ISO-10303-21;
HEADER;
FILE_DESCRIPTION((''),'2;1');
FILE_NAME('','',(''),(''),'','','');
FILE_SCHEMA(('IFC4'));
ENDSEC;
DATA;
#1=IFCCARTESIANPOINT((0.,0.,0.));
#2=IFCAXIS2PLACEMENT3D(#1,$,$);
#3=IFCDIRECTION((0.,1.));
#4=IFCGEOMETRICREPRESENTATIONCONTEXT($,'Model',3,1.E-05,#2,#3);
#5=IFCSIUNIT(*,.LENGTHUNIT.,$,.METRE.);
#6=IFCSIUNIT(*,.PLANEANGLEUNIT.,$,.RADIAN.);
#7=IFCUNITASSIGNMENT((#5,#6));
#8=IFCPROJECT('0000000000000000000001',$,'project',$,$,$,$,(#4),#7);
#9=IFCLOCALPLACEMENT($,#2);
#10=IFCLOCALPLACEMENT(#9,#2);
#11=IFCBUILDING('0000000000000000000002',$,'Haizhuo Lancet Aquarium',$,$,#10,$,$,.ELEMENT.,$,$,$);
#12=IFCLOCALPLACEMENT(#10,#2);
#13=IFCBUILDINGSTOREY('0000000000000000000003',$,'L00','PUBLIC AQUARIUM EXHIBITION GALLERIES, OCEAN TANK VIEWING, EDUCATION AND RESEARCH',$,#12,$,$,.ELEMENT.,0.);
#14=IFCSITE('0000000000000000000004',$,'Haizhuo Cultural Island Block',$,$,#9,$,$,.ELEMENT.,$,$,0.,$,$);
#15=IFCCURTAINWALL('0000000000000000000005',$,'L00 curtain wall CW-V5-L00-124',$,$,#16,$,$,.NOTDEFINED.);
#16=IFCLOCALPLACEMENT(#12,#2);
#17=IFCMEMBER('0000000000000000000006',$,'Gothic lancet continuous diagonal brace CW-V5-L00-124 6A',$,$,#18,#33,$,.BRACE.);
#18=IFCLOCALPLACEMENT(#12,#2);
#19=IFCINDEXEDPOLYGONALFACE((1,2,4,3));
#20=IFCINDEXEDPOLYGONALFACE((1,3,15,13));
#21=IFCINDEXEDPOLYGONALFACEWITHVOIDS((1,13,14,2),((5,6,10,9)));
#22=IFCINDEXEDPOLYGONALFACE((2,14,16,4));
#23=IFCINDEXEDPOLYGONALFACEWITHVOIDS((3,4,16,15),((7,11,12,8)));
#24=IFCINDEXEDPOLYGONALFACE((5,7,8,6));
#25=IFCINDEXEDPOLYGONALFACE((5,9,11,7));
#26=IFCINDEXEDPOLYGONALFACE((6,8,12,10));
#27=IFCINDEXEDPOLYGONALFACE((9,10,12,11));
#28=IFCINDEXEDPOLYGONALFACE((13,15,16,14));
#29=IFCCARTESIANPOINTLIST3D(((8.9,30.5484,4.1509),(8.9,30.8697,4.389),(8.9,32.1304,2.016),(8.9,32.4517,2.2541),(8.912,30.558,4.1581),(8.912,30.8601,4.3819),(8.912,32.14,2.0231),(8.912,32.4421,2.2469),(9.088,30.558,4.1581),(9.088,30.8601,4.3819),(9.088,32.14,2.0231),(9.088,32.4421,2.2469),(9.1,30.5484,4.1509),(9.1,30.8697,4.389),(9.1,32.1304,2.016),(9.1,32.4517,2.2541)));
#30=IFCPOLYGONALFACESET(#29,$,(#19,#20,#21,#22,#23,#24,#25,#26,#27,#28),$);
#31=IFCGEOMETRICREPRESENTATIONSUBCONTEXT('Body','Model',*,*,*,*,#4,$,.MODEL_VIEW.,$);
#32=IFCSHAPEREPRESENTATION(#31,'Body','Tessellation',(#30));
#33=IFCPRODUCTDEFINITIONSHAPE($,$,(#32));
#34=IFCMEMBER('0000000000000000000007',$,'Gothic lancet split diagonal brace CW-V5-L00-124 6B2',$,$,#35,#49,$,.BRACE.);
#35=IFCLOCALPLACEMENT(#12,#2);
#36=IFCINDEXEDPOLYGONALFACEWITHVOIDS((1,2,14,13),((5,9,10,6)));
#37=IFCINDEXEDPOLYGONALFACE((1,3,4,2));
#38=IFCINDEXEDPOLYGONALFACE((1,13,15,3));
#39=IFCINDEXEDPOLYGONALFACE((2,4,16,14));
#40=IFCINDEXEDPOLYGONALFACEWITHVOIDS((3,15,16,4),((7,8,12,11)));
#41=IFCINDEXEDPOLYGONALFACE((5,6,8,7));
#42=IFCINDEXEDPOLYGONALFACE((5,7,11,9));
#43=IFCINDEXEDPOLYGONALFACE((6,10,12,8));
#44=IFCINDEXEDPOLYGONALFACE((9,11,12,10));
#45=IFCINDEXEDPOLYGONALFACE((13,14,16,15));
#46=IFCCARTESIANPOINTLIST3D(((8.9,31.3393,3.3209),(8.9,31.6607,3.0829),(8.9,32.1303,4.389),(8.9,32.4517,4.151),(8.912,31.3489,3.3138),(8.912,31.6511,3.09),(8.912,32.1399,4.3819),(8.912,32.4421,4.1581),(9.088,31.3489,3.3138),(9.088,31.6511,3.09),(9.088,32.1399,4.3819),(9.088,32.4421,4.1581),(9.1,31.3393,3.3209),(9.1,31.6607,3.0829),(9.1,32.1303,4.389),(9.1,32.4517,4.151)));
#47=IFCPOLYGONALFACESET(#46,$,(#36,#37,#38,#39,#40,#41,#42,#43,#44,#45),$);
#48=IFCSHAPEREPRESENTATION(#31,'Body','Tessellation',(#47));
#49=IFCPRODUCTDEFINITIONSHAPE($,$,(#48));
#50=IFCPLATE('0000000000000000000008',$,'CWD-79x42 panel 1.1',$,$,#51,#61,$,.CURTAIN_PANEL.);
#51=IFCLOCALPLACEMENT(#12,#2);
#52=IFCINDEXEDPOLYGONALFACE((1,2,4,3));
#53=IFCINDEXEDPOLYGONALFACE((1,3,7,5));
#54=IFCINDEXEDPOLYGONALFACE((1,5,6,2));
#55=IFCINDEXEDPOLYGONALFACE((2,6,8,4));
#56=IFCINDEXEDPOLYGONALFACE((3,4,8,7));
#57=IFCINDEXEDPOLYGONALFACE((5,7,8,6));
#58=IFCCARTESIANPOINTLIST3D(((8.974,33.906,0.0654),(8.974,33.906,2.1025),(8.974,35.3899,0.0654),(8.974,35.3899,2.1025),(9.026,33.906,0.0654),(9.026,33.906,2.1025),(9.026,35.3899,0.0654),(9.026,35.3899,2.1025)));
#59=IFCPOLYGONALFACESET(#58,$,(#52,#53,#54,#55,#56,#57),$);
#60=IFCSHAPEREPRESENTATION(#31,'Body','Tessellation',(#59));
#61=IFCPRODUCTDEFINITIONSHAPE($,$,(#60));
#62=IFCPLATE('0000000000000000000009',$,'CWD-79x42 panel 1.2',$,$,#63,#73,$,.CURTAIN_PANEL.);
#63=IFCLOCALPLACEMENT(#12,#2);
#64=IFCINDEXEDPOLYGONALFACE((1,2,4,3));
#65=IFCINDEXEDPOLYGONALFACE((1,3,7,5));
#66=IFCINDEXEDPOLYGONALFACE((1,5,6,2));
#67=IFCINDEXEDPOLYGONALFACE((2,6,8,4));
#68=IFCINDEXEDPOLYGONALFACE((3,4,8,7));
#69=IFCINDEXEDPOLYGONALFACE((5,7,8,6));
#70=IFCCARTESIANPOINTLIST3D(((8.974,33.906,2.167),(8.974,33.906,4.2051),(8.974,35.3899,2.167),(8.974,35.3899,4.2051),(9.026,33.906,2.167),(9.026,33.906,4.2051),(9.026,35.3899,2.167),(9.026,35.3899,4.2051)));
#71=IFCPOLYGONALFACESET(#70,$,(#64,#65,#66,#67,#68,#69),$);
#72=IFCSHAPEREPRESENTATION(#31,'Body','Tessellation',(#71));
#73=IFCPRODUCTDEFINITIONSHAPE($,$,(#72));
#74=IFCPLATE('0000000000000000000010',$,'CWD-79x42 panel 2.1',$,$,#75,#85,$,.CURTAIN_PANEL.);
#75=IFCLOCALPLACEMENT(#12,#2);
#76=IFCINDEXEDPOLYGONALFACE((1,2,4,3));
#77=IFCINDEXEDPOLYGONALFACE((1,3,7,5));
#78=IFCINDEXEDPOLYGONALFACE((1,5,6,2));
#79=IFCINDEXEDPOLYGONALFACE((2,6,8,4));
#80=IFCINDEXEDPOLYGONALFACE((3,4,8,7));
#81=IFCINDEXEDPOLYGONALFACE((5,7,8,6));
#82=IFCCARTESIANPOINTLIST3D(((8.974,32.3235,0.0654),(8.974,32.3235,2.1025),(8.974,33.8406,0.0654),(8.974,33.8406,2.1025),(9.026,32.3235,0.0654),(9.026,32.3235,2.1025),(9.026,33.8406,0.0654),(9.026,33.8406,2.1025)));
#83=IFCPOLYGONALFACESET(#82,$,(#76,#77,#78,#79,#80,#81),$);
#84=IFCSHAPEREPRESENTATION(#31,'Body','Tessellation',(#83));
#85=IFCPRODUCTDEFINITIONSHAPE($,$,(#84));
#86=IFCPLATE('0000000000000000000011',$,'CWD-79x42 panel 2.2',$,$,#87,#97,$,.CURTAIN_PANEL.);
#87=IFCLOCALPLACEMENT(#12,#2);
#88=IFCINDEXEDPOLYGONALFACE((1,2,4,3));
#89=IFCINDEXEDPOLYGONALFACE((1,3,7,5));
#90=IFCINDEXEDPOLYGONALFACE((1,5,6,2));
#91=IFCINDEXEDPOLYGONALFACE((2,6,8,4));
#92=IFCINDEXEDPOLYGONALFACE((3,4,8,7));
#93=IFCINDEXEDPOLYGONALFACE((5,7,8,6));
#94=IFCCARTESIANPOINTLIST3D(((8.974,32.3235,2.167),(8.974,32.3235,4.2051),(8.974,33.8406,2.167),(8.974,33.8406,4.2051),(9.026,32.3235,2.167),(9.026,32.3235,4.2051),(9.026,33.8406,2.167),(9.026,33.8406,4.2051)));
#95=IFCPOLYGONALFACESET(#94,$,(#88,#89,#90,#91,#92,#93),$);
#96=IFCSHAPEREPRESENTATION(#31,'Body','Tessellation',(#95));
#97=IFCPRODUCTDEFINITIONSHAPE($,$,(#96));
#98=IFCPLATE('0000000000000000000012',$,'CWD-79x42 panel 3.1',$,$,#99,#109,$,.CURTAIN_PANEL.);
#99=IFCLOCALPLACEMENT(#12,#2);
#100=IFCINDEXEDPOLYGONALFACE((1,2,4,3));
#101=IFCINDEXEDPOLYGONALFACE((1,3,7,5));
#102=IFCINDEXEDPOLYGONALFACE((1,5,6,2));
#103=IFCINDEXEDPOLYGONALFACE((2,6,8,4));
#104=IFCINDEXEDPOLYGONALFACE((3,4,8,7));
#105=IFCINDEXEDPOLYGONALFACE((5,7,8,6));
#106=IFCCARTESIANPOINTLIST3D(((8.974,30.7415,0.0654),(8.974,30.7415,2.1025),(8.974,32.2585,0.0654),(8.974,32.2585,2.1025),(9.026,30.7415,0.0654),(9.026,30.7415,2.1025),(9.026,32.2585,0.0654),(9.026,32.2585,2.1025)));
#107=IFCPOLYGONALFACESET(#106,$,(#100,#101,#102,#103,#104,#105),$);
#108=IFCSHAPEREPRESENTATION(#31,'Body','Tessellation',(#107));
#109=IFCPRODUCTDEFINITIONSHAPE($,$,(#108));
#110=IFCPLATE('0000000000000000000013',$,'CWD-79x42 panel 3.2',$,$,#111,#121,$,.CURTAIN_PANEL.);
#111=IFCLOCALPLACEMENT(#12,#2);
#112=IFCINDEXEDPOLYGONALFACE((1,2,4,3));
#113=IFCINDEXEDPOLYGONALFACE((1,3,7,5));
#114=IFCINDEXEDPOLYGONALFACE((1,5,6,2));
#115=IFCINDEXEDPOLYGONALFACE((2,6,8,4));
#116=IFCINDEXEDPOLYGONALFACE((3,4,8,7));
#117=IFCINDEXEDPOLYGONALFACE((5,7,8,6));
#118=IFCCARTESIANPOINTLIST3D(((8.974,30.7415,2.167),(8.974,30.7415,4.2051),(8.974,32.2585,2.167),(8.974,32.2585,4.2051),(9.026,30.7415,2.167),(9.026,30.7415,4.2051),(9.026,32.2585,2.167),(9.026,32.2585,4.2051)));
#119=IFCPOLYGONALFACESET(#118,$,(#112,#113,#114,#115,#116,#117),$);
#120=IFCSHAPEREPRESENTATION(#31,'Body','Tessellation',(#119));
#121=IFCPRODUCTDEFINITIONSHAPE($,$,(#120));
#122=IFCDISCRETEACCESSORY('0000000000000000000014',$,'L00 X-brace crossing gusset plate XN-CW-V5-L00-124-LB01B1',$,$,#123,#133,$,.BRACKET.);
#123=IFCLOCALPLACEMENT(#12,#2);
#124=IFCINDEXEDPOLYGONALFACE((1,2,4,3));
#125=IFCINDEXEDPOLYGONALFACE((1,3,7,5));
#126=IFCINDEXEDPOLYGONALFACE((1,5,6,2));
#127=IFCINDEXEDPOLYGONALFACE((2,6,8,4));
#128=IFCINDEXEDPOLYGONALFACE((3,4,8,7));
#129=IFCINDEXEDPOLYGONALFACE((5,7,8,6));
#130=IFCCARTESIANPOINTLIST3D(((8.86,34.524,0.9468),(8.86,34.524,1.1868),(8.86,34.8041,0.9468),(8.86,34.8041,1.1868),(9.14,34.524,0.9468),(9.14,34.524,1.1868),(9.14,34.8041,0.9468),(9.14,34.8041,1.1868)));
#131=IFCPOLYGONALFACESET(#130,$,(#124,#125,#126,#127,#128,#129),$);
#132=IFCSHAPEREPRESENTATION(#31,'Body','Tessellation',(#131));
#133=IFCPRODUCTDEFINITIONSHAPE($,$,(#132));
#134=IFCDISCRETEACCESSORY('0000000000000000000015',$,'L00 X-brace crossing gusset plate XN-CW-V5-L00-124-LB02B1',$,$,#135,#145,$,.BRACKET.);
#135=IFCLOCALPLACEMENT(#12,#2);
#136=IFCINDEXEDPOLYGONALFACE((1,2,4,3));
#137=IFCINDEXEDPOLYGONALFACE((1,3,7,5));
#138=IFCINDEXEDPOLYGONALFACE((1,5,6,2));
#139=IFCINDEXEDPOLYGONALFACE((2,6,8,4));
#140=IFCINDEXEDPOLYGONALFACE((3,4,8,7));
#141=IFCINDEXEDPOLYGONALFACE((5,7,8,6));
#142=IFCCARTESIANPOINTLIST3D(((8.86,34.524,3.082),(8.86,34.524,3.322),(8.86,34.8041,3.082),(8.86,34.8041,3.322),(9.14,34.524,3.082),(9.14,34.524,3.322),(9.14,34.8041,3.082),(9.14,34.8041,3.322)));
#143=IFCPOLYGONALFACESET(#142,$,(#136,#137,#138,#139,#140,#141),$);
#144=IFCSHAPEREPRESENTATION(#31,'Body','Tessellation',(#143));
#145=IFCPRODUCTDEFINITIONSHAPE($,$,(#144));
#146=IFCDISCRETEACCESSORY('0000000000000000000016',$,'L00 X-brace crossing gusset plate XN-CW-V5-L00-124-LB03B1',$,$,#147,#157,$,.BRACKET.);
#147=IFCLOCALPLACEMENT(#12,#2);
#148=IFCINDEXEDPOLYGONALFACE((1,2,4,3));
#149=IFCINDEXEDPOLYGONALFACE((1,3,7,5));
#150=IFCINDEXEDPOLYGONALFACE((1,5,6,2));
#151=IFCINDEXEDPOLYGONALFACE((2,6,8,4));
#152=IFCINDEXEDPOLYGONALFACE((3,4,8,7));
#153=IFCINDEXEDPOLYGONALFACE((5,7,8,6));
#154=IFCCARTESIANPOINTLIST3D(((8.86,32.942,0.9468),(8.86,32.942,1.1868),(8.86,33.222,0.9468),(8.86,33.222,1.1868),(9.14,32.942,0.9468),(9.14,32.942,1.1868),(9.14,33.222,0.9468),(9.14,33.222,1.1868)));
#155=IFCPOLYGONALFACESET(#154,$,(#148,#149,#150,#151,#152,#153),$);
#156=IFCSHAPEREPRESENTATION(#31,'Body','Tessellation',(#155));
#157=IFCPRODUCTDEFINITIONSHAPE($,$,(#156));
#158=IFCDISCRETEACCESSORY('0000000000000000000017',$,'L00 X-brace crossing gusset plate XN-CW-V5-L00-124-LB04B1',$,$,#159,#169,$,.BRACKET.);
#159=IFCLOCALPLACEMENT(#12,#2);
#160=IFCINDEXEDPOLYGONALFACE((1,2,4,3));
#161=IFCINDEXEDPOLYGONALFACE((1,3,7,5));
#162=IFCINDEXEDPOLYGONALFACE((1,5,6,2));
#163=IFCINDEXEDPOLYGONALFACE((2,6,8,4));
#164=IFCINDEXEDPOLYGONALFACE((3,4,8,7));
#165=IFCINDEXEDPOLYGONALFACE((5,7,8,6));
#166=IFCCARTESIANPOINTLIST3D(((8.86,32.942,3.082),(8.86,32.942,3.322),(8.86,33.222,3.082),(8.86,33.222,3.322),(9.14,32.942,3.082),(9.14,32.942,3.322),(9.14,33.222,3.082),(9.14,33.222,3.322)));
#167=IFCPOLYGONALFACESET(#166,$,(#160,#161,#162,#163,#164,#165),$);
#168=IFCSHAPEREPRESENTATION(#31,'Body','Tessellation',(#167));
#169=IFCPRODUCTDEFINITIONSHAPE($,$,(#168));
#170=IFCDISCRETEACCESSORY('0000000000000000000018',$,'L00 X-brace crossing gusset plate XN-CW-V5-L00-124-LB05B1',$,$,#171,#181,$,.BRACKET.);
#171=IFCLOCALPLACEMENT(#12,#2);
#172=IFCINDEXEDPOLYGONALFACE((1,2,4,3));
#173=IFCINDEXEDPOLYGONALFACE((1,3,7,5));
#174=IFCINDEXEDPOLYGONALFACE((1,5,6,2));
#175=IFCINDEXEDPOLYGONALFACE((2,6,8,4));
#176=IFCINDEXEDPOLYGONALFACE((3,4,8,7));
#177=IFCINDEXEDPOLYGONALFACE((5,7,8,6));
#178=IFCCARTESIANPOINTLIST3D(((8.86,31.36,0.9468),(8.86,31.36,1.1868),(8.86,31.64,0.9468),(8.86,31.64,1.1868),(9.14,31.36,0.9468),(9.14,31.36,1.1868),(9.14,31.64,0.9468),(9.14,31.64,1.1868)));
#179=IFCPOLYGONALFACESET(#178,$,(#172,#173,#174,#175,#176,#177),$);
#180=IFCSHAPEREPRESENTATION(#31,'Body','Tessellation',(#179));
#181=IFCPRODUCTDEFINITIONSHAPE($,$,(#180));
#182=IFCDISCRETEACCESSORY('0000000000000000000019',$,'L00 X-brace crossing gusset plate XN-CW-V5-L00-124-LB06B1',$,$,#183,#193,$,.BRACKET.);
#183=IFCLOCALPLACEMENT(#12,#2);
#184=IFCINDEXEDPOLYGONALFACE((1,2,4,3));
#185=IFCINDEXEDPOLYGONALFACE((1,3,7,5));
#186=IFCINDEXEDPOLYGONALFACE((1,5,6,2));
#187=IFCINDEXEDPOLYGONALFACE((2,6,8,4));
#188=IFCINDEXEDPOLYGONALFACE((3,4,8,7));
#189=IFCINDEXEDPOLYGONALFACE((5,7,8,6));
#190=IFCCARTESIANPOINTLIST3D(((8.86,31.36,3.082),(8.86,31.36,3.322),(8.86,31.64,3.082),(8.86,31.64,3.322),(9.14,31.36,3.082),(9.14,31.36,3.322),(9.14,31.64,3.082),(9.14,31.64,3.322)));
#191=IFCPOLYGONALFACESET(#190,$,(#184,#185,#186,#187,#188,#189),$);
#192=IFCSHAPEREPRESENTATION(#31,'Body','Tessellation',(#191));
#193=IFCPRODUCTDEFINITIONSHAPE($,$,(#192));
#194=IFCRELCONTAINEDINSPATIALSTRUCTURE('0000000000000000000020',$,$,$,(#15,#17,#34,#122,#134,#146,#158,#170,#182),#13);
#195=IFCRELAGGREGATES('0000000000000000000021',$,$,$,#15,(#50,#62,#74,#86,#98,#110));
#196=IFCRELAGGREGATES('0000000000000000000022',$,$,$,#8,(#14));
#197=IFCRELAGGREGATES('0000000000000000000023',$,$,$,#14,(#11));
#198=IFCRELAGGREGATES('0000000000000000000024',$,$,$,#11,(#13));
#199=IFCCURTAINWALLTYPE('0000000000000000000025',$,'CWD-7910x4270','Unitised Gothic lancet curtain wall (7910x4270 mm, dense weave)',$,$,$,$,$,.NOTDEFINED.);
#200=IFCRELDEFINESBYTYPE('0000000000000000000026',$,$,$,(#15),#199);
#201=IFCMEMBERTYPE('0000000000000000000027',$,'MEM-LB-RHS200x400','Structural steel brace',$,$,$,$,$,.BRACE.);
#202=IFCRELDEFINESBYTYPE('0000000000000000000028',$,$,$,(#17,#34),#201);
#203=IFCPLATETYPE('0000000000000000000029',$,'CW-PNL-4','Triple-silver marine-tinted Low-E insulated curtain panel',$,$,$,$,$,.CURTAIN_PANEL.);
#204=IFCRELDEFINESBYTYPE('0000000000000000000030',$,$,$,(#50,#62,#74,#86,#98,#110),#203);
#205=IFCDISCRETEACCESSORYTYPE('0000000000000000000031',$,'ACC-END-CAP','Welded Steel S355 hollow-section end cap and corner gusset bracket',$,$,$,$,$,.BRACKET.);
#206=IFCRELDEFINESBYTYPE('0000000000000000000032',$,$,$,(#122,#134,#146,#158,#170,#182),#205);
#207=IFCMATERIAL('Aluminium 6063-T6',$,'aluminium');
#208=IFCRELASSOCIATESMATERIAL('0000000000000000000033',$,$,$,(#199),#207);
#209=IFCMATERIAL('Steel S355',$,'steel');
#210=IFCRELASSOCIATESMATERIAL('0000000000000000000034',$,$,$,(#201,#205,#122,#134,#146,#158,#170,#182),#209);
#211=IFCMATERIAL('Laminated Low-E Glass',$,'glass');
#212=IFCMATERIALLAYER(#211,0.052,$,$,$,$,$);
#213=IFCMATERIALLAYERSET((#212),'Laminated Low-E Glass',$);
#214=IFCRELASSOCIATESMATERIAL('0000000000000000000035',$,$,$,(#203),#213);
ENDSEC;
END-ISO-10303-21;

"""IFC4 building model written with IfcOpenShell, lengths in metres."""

from ifc_helpers import new_model, si_unit, direction, frame, origin, origin_2d, place, context, subcontext, project, spatial, rectangle, hollow_rectangle, extrude, material, layer, layer_set, material_profile, profile_set, type_object, element, aggregate, save


model = new_model("IFC4")

# Units and contexts
model_context = context("Model", 3, precision=1e-05, world=origin(), true_north=direction((0.0, 1.0)))
body_context = subcontext(model_context, "Body", "Model", "MODEL_VIEW")
ifc_project = project(units=[si_unit("LENGTHUNIT", "METRE"), si_unit("PLANEANGLEUNIT", "RADIAN")], contexts=[model_context])

# Site, building, storey
site_placement = place(None, origin())
site = spatial("IfcSite", under=ifc_project, at=site_placement, Name="Haizhuo Cultural Island Block", CompositionType="ELEMENT", RefElevation=0.0)
building_placement = place(site_placement, origin())
building = spatial("IfcBuilding", under=site, at=building_placement, Name="Haizhuo Lancet Aquarium", CompositionType="ELEMENT")
storey_placement = place(building_placement, origin())
storey = spatial("IfcBuildingStorey", under=building, at=storey_placement, Name="L00", Description="PUBLIC AQUARIUM EXHIBITION GALLERIES, OCEAN TANK VIEWING, EDUCATION AND RESEARCH", CompositionType="ELEMENT", Elevation=0.0)

# Curtain wall
ifc_material_1 = material(Name="Aluminium 6063-T6", Category="aluminium")
curtain_wall_type = type_object("IfcCurtainWallType", Name="CWD-7910x4270", Description="Unitised Gothic lancet curtain wall (7910x4270 mm, dense weave)", PredefinedType="NOTDEFINED", material=ifc_material_1)
curtain_wall_placement = place(storey_placement, origin())
curtain_wall = element("IfcCurtainWall", 1, at=curtain_wall_placement, inside=storey, type_object=curtain_wall_type, Name="L00 curtain wall CW-V5-L00-124", PredefinedType="NOTDEFINED")

# Members
ifc_material_2 = material(Name="Steel S355", Category="steel")
ifc_material_profile_1 = material_profile(ifc_material_2, hollow_rectangle(XDim=0.2, YDim=0.3999, WallThickness=0.012, at=origin_2d()), Name="RHS 200x400x12")
ifc_profile_set_1 = profile_set([ifc_material_profile_1], Name="Steel S355")
member_type_1 = type_object("IfcMemberType", Name="MEM-LB-RHS200x400", Description="Structural steel brace", PredefinedType="BRACE", material=ifc_profile_set_1)
member_1_placement = place(storey_placement, frame((9.0, 32.291, 2.135), z_axis=(0.0, -0.595359, 0.80346), x_axis=(1.0, 0.0, 0.0)))
element("IfcMember", 2, at=member_1_placement, inside=storey, type_object=member_type_1, Name="Gothic lancet continuous diagonal brace CW-V5-L00-124 6A", PredefinedType="BRACE", context=body_context, shape_type="SweptSolid", body=[
    extrude(hollow_rectangle(XDim=0.2, YDim=0.3999, WallThickness=0.012, at=origin_2d()), origin(), (0.0, 0.0, 1.0), 2.6572),
])
member_2_placement = place(storey_placement, frame((9.0, 31.5, 3.2019), z_axis=(0.0, 0.59514, 0.803622), x_axis=(-1.0, 0.0, 0.0)))
element("IfcMember", 3, at=member_2_placement, inside=storey, type_object=member_type_1, Name="Gothic lancet split diagonal brace CW-V5-L00-124 6B2", PredefinedType="BRACE", context=body_context, shape_type="SweptSolid", body=[
    extrude(hollow_rectangle(XDim=0.2, YDim=0.3999, WallThickness=0.012, at=origin_2d()), origin(), (0.0, 0.0, 1.0), 1.3291),
])

# Plates
ifc_material_3 = material(Name="Laminated Low-E Glass", Category="glass")
ifc_layer = layer(ifc_material_3, 0.052)
ifc_layer_set = layer_set([ifc_layer], Name="Laminated Low-E Glass")
plate_type = type_object("IfcPlateType", Name="CW-PNL-4", Description="Triple-silver marine-tinted Low-E insulated curtain panel", PredefinedType="CURTAIN_PANEL", material=ifc_layer_set)
plate_1_placement = place(storey_placement, frame((9.0, 34.6479, 0.0654), z_axis=(0.0, 0.0, 1.0), x_axis=(0.0, -1.0, 0.0)))
plate_1 = element("IfcPlate", 4, at=plate_1_placement, type_object=plate_type, Name="CWD-79x42 panel 1.1", PredefinedType="CURTAIN_PANEL", context=body_context, shape_type="SweptSolid", body=[
    extrude(rectangle(XDim=1.4839, YDim=0.052, at=origin_2d()), origin(), (0.0, 0.0, 1.0), 2.0371),
])
plate_2_placement = place(storey_placement, frame((9.0, 34.6479, 2.167), z_axis=(0.0, 0.0, 1.0), x_axis=(0.0, -1.0, 0.0)))
plate_2 = element("IfcPlate", 5, at=plate_2_placement, type_object=plate_type, Name="CWD-79x42 panel 1.2", PredefinedType="CURTAIN_PANEL", context=body_context, shape_type="SweptSolid", body=[
    extrude(rectangle(XDim=1.4839, YDim=0.052, at=origin_2d()), origin(), (0.0, 0.0, 1.0), 2.0381),
])
plate_3_placement = place(storey_placement, frame((9.0, 33.082, 0.0654), z_axis=(0.0, 0.0, 1.0), x_axis=(0.0, -1.0, 0.0)))
plate_3 = element("IfcPlate", 6, at=plate_3_placement, type_object=plate_type, Name="CWD-79x42 panel 2.1", PredefinedType="CURTAIN_PANEL", context=body_context, shape_type="SweptSolid", body=[
    extrude(rectangle(XDim=1.5171, YDim=0.052, at=origin_2d()), origin(), (0.0, 0.0, 1.0), 2.0371),
])
plate_4_placement = place(storey_placement, frame((9.0, 33.082, 2.167), z_axis=(0.0, 0.0, 1.0), x_axis=(0.0, -1.0, 0.0)))
plate_4 = element("IfcPlate", 7, at=plate_4_placement, type_object=plate_type, Name="CWD-79x42 panel 2.2", PredefinedType="CURTAIN_PANEL", context=body_context, shape_type="SweptSolid", body=[
    extrude(rectangle(XDim=1.5171, YDim=0.052, at=origin_2d()), origin(), (0.0, 0.0, 1.0), 2.0381),
])
plate_5_placement = place(storey_placement, frame((9.0, 31.5, 0.0654), z_axis=(0.0, 0.0, 1.0), x_axis=(0.0, -1.0, 0.0)))
plate_5 = element("IfcPlate", 8, at=plate_5_placement, type_object=plate_type, Name="CWD-79x42 panel 3.1", PredefinedType="CURTAIN_PANEL", context=body_context, shape_type="SweptSolid", body=[
    extrude(rectangle(XDim=1.5171, YDim=0.052, at=origin_2d()), origin(), (0.0, 0.0, 1.0), 2.0371),
])
plate_6_placement = place(storey_placement, frame((9.0, 31.5, 2.167), z_axis=(0.0, 0.0, 1.0), x_axis=(0.0, -1.0, 0.0)))
plate_6 = element("IfcPlate", 9, at=plate_6_placement, type_object=plate_type, Name="CWD-79x42 panel 3.2", PredefinedType="CURTAIN_PANEL", context=body_context, shape_type="SweptSolid", body=[
    extrude(rectangle(XDim=1.5171, YDim=0.052, at=origin_2d()), origin(), (0.0, 0.0, 1.0), 2.0381),
])
aggregate(curtain_wall, [plate_1, plate_2, plate_3, plate_4, plate_5, plate_6])

# Discrete accessories
discrete_accessory_type = type_object("IfcDiscreteAccessoryType", Name="ACC-END-CAP", Description="Welded Steel S355 hollow-section end cap and corner gusset bracket", PredefinedType="BRACKET", material=ifc_material_2)
for number, where, z_axis, x_axis, name in (
    (10, (9.0, 34.6641, 0.9468), (0.0, 0.0, 1.0), (1.0, 0.0, 0.0), "L00 X-brace crossing gusset plate XN-CW-V5-L00-124-LB01B1"),
    (11, (9.0, 34.6641, 3.082), (0.0, 0.0, 1.0), (1.0, 0.0, 0.0), "L00 X-brace crossing gusset plate XN-CW-V5-L00-124-LB02B1"),
    (12, (9.0, 33.082, 0.9468), (0.0, 0.0, 1.0), (1.0, 0.0, 0.0), "L00 X-brace crossing gusset plate XN-CW-V5-L00-124-LB03B1"),
    (13, (9.0, 33.082, 3.082), (0.0, 0.0, 1.0), (1.0, 0.0, 0.0), "L00 X-brace crossing gusset plate XN-CW-V5-L00-124-LB04B1"),
    (14, (9.0, 31.5, 0.9468), (0.0, 0.0, 1.0), (1.0, 0.0, 0.0), "L00 X-brace crossing gusset plate XN-CW-V5-L00-124-LB05B1"),
    (15, (9.0, 31.5, 3.082), (0.0, 0.0, 1.0), (1.0, 0.0, 0.0), "L00 X-brace crossing gusset plate XN-CW-V5-L00-124-LB06B1"),
):
    element("IfcDiscreteAccessory", number, at=place(storey_placement, frame(where, z_axis=z_axis, x_axis=x_axis)), inside=storey, type_object=discrete_accessory_type, material=ifc_material_2, Name=name, PredefinedType="BRACKET", context=body_context, shape_type="SweptSolid", body=[
        extrude(rectangle(XDim=0.28, YDim=0.28, at=origin_2d()), origin(), (0.0, 0.0, 1.0), 0.24),
    ])

save(model, "model.ifc")
